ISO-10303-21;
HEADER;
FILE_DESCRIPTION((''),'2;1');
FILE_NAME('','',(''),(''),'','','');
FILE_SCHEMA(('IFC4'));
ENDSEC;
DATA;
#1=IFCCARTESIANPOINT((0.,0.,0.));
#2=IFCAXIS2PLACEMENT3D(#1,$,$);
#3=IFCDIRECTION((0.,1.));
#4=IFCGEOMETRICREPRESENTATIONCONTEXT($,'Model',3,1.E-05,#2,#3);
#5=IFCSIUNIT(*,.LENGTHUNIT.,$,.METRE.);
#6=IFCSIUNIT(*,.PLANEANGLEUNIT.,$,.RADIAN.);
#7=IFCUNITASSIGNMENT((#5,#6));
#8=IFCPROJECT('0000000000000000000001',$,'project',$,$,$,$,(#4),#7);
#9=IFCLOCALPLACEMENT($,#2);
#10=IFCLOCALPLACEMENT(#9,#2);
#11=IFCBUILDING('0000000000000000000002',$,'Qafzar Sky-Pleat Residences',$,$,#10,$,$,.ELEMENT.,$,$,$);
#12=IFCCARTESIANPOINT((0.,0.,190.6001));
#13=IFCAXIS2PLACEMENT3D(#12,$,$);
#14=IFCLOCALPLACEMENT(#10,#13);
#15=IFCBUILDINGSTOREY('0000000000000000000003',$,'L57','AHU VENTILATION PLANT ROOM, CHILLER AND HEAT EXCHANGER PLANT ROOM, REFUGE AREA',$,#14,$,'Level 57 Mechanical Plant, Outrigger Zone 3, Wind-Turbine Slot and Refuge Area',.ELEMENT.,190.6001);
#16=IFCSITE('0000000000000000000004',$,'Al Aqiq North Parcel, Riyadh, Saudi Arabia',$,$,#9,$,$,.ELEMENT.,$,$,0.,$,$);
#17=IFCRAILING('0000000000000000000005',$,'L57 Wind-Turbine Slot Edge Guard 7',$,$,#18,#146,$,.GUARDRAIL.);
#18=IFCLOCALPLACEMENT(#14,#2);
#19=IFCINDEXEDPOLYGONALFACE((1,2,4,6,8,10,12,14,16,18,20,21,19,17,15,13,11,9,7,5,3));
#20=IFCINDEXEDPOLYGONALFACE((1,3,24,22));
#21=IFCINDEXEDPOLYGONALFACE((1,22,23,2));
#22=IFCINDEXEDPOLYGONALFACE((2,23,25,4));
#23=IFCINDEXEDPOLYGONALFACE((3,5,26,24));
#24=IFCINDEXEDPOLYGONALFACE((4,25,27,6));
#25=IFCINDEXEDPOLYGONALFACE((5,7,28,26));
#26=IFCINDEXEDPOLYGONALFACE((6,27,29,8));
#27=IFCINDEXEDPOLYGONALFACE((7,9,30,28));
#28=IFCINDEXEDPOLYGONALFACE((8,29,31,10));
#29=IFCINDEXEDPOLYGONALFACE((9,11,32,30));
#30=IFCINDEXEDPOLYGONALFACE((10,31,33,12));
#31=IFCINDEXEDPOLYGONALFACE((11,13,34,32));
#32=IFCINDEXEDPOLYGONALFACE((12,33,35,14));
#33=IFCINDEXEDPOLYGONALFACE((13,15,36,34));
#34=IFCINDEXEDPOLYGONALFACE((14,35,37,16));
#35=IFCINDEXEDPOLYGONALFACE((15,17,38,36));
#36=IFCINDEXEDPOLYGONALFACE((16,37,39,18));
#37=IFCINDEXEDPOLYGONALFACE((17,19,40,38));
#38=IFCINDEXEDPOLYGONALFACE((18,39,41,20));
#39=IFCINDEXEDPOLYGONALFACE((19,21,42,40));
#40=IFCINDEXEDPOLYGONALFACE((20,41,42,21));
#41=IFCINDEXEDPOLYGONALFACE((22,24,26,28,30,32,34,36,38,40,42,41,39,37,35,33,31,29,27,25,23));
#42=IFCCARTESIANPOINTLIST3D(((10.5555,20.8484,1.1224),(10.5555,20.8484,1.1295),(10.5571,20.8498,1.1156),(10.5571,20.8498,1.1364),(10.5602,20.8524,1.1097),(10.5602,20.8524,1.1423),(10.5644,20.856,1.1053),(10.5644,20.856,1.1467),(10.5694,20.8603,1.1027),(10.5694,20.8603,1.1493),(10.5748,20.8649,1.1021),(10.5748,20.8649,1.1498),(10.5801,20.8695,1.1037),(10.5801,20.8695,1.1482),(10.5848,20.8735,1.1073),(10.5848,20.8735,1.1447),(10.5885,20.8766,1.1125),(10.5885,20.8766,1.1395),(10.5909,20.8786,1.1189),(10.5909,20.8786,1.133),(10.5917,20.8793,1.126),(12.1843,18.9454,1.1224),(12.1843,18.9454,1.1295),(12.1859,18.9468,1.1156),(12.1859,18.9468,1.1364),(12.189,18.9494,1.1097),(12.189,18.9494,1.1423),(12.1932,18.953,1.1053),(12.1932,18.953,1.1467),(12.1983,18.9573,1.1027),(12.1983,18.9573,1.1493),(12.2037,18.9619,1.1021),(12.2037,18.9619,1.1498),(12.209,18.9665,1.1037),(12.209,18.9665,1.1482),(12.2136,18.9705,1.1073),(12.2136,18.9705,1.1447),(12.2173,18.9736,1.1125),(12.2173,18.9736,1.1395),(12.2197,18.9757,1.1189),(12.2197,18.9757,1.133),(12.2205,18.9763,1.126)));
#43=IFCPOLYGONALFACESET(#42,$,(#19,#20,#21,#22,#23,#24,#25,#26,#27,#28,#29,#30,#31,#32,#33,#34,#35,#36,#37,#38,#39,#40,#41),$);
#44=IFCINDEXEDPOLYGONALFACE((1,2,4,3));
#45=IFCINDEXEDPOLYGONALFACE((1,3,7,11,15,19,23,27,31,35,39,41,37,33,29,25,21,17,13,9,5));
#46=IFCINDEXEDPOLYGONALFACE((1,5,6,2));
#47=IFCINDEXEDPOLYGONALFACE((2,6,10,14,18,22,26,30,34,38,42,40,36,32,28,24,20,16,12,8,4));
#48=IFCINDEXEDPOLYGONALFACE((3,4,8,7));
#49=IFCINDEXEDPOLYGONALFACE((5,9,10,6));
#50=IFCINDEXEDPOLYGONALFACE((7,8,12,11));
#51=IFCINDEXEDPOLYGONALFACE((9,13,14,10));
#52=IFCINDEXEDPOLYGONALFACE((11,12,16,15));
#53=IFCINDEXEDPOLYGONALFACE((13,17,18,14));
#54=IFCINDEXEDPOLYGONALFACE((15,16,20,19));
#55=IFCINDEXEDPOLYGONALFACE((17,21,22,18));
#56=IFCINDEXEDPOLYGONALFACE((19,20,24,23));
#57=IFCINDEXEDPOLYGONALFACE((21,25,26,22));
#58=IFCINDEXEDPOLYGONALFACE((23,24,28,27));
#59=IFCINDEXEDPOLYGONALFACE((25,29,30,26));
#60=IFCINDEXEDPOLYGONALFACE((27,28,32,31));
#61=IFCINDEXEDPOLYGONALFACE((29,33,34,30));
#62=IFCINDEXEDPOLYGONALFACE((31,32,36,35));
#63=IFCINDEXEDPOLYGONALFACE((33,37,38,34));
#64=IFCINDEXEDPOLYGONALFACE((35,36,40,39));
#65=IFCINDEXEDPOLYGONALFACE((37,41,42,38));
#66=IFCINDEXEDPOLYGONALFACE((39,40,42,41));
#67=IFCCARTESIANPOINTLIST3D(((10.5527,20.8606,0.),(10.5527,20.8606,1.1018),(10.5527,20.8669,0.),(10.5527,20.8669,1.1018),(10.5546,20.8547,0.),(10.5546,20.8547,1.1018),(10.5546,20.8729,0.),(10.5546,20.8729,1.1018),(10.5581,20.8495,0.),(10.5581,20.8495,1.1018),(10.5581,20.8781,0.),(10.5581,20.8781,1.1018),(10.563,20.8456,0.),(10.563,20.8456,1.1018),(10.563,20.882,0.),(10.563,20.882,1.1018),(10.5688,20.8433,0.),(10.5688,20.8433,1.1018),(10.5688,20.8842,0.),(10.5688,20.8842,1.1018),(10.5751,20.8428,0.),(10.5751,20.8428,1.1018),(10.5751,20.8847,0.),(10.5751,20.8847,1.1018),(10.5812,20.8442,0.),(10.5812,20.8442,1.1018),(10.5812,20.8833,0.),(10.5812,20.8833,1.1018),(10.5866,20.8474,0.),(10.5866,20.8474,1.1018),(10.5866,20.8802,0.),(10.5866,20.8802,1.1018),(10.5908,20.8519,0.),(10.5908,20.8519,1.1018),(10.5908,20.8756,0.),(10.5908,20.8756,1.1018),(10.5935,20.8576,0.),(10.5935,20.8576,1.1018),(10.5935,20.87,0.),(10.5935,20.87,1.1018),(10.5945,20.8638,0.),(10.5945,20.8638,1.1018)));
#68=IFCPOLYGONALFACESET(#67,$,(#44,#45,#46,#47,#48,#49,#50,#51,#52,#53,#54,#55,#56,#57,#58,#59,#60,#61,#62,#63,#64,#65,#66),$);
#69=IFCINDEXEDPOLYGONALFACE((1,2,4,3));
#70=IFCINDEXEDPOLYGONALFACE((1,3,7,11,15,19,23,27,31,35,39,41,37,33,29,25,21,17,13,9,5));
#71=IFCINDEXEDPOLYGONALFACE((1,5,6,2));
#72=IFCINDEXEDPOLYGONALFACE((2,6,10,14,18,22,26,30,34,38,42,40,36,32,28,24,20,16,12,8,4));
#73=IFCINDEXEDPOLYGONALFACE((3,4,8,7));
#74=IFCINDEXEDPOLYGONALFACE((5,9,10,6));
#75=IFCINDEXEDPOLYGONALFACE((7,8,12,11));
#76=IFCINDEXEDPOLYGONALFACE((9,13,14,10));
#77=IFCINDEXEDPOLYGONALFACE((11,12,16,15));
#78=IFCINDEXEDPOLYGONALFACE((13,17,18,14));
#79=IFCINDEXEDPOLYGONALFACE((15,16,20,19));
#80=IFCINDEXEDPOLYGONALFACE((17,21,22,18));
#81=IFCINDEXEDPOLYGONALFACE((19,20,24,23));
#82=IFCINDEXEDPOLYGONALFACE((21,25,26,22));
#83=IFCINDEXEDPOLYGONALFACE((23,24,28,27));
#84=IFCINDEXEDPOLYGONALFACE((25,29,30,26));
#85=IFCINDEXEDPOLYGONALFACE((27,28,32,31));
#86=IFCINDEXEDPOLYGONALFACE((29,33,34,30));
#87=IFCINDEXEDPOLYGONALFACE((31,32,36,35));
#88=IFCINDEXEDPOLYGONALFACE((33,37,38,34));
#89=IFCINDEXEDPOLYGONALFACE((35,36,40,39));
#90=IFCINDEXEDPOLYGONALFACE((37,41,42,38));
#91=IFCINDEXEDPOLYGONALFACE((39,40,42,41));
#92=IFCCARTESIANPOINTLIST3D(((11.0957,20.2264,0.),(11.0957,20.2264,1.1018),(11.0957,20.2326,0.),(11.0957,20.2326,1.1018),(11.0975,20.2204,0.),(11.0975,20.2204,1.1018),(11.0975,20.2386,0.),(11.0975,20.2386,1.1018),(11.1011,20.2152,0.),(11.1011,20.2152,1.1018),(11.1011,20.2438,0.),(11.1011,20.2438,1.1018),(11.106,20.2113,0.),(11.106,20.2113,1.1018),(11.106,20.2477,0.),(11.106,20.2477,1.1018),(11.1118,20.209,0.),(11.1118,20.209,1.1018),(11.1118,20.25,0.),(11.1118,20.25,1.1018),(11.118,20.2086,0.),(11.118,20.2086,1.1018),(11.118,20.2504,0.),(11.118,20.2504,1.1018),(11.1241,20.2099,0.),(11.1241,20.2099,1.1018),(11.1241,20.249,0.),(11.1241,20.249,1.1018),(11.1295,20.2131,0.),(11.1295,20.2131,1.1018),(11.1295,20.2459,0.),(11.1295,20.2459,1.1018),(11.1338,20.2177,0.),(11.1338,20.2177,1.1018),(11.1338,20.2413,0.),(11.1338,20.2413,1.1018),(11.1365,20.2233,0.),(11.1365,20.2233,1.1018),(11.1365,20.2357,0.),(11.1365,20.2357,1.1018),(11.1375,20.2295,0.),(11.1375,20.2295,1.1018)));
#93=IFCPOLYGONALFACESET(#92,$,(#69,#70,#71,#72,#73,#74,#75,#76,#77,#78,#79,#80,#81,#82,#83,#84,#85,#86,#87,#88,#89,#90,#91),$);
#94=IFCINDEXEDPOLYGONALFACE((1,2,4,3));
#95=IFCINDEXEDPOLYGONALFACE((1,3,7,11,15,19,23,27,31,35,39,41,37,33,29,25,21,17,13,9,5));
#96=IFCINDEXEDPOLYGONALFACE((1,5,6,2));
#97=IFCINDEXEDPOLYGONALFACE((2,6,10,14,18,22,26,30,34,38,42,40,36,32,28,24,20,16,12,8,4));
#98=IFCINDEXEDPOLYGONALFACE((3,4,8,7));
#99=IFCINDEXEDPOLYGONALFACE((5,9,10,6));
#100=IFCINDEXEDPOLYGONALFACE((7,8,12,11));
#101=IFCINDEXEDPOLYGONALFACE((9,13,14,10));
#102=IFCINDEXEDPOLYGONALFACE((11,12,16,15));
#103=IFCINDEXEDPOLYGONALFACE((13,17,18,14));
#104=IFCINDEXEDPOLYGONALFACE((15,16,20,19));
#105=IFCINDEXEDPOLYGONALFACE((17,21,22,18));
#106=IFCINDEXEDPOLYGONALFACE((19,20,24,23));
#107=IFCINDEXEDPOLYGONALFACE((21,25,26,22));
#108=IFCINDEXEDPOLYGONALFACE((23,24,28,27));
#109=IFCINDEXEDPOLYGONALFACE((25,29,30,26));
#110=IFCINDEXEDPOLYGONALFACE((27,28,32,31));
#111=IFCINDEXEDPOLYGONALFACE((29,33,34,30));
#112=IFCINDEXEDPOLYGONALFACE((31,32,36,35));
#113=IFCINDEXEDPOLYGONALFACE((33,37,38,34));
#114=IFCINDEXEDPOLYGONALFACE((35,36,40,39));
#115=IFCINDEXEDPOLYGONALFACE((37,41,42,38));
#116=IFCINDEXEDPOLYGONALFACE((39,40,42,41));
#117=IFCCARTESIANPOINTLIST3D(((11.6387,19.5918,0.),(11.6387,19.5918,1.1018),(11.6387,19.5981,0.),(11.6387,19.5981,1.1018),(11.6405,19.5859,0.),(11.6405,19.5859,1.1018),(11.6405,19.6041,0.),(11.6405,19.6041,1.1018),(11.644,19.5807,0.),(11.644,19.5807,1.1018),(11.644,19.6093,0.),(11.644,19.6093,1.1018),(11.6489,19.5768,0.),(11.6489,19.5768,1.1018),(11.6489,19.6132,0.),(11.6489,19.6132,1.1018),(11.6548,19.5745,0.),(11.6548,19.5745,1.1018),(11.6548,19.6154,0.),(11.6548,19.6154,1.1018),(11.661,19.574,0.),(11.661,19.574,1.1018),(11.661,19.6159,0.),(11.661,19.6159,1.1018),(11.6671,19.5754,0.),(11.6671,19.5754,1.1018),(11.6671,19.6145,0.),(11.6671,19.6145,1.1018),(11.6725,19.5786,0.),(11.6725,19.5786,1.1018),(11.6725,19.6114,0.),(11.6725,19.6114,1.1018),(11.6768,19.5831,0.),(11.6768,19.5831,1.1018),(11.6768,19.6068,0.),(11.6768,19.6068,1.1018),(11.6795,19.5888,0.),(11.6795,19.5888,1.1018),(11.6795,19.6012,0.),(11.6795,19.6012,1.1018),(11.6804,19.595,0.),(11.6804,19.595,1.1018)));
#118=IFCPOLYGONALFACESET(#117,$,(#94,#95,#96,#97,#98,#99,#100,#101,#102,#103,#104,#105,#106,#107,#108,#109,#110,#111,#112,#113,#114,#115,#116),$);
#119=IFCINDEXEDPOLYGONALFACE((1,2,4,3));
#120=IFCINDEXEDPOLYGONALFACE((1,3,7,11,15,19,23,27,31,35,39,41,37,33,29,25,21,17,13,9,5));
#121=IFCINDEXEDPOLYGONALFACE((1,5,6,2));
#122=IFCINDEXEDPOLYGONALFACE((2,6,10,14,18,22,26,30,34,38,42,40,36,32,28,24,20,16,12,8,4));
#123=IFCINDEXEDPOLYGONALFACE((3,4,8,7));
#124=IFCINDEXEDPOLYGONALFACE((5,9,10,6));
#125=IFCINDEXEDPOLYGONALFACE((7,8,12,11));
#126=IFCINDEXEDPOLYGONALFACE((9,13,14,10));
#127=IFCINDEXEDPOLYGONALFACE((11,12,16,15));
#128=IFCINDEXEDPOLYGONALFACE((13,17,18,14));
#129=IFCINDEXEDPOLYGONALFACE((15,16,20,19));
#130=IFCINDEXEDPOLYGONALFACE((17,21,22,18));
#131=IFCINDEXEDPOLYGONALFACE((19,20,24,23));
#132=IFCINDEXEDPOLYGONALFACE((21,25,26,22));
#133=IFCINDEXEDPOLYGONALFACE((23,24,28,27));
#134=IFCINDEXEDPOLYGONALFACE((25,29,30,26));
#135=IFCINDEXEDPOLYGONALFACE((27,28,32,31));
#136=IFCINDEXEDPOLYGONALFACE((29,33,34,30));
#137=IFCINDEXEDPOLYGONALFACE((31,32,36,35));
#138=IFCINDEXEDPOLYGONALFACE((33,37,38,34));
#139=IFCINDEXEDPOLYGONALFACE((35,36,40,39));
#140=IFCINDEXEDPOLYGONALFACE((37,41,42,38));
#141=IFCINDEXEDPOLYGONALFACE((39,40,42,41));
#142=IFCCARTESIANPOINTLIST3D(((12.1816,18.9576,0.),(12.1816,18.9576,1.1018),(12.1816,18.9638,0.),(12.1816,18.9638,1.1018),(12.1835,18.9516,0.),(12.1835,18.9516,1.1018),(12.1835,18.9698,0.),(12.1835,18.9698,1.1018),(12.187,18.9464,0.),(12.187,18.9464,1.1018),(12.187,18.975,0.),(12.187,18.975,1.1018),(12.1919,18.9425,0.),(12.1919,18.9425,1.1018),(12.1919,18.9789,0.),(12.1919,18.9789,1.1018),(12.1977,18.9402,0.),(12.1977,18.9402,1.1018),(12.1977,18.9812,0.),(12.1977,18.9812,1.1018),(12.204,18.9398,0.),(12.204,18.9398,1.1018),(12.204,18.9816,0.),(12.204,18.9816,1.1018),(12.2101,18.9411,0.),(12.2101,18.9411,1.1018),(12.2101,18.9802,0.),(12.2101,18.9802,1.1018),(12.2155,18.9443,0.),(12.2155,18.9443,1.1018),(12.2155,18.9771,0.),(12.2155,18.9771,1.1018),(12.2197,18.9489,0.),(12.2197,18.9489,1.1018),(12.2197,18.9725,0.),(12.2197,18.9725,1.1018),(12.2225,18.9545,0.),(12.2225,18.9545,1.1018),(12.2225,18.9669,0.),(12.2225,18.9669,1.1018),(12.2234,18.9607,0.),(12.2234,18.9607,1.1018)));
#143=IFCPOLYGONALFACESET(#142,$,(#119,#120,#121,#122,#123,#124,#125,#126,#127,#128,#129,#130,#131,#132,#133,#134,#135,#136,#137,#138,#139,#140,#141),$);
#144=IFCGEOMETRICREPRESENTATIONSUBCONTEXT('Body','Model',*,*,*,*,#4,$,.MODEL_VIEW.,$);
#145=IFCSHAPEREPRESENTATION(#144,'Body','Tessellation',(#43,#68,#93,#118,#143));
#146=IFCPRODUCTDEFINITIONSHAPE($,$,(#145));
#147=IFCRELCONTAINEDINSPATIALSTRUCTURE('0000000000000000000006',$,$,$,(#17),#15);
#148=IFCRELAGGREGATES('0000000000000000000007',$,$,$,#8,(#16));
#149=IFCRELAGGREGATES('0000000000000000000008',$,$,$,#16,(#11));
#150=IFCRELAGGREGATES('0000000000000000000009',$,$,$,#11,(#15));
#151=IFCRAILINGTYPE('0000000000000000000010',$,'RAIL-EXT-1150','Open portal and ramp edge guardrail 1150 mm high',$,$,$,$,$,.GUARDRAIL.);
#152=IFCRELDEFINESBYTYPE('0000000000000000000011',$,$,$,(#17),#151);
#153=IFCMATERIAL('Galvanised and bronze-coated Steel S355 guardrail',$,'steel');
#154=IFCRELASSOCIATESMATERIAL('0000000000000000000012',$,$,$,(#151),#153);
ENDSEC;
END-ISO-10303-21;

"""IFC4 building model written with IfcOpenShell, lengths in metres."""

from ifc_helpers import new_model, si_unit, direction, frame, origin, origin_2d, place, context, subcontext, project, spatial, circle, extrude, source, transform, mapped, material, type_object, element, save


model = new_model("IFC4")

# Units and contexts
model_context = context("Model", 3, precision=1e-05, world=origin(), true_north=direction((0.0, 1.0)))
body_context = subcontext(model_context, "Body", "Model", "MODEL_VIEW")
ifc_project = project(units=[si_unit("LENGTHUNIT", "METRE"), si_unit("PLANEANGLEUNIT", "RADIAN")], contexts=[model_context])

# Site, building, storey
site_placement = place(None, origin())
site = spatial("IfcSite", under=ifc_project, at=site_placement, Name="Al Aqiq North Parcel, Riyadh, Saudi Arabia", CompositionType="ELEMENT", RefElevation=0.0)
building_placement = place(site_placement, origin())
building = spatial("IfcBuilding", under=site, at=building_placement, Name="Qafzar Sky-Pleat Residences", CompositionType="ELEMENT")
storey_placement = place(building_placement, frame((0.0, 0.0, 190.6001)))
storey = spatial("IfcBuildingStorey", under=building, at=storey_placement, Name="L57", Description="AHU VENTILATION PLANT ROOM, CHILLER AND HEAT EXCHANGER PLANT ROOM, REFUGE AREA", LongName="Level 57 Mechanical Plant, Outrigger Zone 3, Wind-Turbine Slot and Refuge Area", CompositionType="ELEMENT", Elevation=190.6001)

# Railing
ifc_material_1 = material(Name="Galvanised and bronze-coated Steel S355 guardrail", Category="steel")
railing_type = type_object("IfcRailingType", Name="RAIL-EXT-1150", Description="Open portal and ramp edge guardrail 1150 mm high", PredefinedType="GUARDRAIL", material=ifc_material_1)
shared_shape_1 = source(origin(), body_context, "Body", "SweptSolid", [
    extrude(circle(Radius=0.0239, at=origin_2d()), frame((0.0, 0.0, 1.126), z_axis=(0.650261, -0.75971, 0.0), x_axis=(0.75971, 0.650261, 0.0)), (0.0, 0.0, 1.0), 2.5049),
    extrude(circle(Radius=0.021, at=origin_2d()), origin(), (0.0, 0.0, 1.0), 1.1018),
    extrude(circle(Radius=0.021, at=origin_2d()), frame((0.543, -0.6343, 0.0)), (0.0, 0.0, 1.0), 1.1018),
    extrude(circle(Radius=0.021, at=origin_2d()), frame((1.0859, -1.2688, 0.0)), (0.0, 0.0, 1.0), 1.1018),
    extrude(circle(Radius=0.021, at=origin_2d()), frame((1.6289, -1.9031, 0.0)), (0.0, 0.0, 1.0), 1.1018),
])
railing_1_placement = place(storey_placement, frame((10.5735, 20.8638, 0.0)))
element("IfcRailing", 1, at=railing_1_placement, inside=storey, type_object=railing_type, Name="L57 Wind-Turbine Slot Edge Guard 7", PredefinedType="GUARDRAIL", context=body_context, shape_type="MappedRepresentation", body=[
    mapped(shared_shape_1, transform((0.0, 0.0, 0.0), x_axis=(1.0, 0.0, 0.0), y_axis=(0.0, 1.0, 0.0), z_axis=(0.0, 0.0, 1.0), scale=1.0)),
])

save(model, "model.ifc")
